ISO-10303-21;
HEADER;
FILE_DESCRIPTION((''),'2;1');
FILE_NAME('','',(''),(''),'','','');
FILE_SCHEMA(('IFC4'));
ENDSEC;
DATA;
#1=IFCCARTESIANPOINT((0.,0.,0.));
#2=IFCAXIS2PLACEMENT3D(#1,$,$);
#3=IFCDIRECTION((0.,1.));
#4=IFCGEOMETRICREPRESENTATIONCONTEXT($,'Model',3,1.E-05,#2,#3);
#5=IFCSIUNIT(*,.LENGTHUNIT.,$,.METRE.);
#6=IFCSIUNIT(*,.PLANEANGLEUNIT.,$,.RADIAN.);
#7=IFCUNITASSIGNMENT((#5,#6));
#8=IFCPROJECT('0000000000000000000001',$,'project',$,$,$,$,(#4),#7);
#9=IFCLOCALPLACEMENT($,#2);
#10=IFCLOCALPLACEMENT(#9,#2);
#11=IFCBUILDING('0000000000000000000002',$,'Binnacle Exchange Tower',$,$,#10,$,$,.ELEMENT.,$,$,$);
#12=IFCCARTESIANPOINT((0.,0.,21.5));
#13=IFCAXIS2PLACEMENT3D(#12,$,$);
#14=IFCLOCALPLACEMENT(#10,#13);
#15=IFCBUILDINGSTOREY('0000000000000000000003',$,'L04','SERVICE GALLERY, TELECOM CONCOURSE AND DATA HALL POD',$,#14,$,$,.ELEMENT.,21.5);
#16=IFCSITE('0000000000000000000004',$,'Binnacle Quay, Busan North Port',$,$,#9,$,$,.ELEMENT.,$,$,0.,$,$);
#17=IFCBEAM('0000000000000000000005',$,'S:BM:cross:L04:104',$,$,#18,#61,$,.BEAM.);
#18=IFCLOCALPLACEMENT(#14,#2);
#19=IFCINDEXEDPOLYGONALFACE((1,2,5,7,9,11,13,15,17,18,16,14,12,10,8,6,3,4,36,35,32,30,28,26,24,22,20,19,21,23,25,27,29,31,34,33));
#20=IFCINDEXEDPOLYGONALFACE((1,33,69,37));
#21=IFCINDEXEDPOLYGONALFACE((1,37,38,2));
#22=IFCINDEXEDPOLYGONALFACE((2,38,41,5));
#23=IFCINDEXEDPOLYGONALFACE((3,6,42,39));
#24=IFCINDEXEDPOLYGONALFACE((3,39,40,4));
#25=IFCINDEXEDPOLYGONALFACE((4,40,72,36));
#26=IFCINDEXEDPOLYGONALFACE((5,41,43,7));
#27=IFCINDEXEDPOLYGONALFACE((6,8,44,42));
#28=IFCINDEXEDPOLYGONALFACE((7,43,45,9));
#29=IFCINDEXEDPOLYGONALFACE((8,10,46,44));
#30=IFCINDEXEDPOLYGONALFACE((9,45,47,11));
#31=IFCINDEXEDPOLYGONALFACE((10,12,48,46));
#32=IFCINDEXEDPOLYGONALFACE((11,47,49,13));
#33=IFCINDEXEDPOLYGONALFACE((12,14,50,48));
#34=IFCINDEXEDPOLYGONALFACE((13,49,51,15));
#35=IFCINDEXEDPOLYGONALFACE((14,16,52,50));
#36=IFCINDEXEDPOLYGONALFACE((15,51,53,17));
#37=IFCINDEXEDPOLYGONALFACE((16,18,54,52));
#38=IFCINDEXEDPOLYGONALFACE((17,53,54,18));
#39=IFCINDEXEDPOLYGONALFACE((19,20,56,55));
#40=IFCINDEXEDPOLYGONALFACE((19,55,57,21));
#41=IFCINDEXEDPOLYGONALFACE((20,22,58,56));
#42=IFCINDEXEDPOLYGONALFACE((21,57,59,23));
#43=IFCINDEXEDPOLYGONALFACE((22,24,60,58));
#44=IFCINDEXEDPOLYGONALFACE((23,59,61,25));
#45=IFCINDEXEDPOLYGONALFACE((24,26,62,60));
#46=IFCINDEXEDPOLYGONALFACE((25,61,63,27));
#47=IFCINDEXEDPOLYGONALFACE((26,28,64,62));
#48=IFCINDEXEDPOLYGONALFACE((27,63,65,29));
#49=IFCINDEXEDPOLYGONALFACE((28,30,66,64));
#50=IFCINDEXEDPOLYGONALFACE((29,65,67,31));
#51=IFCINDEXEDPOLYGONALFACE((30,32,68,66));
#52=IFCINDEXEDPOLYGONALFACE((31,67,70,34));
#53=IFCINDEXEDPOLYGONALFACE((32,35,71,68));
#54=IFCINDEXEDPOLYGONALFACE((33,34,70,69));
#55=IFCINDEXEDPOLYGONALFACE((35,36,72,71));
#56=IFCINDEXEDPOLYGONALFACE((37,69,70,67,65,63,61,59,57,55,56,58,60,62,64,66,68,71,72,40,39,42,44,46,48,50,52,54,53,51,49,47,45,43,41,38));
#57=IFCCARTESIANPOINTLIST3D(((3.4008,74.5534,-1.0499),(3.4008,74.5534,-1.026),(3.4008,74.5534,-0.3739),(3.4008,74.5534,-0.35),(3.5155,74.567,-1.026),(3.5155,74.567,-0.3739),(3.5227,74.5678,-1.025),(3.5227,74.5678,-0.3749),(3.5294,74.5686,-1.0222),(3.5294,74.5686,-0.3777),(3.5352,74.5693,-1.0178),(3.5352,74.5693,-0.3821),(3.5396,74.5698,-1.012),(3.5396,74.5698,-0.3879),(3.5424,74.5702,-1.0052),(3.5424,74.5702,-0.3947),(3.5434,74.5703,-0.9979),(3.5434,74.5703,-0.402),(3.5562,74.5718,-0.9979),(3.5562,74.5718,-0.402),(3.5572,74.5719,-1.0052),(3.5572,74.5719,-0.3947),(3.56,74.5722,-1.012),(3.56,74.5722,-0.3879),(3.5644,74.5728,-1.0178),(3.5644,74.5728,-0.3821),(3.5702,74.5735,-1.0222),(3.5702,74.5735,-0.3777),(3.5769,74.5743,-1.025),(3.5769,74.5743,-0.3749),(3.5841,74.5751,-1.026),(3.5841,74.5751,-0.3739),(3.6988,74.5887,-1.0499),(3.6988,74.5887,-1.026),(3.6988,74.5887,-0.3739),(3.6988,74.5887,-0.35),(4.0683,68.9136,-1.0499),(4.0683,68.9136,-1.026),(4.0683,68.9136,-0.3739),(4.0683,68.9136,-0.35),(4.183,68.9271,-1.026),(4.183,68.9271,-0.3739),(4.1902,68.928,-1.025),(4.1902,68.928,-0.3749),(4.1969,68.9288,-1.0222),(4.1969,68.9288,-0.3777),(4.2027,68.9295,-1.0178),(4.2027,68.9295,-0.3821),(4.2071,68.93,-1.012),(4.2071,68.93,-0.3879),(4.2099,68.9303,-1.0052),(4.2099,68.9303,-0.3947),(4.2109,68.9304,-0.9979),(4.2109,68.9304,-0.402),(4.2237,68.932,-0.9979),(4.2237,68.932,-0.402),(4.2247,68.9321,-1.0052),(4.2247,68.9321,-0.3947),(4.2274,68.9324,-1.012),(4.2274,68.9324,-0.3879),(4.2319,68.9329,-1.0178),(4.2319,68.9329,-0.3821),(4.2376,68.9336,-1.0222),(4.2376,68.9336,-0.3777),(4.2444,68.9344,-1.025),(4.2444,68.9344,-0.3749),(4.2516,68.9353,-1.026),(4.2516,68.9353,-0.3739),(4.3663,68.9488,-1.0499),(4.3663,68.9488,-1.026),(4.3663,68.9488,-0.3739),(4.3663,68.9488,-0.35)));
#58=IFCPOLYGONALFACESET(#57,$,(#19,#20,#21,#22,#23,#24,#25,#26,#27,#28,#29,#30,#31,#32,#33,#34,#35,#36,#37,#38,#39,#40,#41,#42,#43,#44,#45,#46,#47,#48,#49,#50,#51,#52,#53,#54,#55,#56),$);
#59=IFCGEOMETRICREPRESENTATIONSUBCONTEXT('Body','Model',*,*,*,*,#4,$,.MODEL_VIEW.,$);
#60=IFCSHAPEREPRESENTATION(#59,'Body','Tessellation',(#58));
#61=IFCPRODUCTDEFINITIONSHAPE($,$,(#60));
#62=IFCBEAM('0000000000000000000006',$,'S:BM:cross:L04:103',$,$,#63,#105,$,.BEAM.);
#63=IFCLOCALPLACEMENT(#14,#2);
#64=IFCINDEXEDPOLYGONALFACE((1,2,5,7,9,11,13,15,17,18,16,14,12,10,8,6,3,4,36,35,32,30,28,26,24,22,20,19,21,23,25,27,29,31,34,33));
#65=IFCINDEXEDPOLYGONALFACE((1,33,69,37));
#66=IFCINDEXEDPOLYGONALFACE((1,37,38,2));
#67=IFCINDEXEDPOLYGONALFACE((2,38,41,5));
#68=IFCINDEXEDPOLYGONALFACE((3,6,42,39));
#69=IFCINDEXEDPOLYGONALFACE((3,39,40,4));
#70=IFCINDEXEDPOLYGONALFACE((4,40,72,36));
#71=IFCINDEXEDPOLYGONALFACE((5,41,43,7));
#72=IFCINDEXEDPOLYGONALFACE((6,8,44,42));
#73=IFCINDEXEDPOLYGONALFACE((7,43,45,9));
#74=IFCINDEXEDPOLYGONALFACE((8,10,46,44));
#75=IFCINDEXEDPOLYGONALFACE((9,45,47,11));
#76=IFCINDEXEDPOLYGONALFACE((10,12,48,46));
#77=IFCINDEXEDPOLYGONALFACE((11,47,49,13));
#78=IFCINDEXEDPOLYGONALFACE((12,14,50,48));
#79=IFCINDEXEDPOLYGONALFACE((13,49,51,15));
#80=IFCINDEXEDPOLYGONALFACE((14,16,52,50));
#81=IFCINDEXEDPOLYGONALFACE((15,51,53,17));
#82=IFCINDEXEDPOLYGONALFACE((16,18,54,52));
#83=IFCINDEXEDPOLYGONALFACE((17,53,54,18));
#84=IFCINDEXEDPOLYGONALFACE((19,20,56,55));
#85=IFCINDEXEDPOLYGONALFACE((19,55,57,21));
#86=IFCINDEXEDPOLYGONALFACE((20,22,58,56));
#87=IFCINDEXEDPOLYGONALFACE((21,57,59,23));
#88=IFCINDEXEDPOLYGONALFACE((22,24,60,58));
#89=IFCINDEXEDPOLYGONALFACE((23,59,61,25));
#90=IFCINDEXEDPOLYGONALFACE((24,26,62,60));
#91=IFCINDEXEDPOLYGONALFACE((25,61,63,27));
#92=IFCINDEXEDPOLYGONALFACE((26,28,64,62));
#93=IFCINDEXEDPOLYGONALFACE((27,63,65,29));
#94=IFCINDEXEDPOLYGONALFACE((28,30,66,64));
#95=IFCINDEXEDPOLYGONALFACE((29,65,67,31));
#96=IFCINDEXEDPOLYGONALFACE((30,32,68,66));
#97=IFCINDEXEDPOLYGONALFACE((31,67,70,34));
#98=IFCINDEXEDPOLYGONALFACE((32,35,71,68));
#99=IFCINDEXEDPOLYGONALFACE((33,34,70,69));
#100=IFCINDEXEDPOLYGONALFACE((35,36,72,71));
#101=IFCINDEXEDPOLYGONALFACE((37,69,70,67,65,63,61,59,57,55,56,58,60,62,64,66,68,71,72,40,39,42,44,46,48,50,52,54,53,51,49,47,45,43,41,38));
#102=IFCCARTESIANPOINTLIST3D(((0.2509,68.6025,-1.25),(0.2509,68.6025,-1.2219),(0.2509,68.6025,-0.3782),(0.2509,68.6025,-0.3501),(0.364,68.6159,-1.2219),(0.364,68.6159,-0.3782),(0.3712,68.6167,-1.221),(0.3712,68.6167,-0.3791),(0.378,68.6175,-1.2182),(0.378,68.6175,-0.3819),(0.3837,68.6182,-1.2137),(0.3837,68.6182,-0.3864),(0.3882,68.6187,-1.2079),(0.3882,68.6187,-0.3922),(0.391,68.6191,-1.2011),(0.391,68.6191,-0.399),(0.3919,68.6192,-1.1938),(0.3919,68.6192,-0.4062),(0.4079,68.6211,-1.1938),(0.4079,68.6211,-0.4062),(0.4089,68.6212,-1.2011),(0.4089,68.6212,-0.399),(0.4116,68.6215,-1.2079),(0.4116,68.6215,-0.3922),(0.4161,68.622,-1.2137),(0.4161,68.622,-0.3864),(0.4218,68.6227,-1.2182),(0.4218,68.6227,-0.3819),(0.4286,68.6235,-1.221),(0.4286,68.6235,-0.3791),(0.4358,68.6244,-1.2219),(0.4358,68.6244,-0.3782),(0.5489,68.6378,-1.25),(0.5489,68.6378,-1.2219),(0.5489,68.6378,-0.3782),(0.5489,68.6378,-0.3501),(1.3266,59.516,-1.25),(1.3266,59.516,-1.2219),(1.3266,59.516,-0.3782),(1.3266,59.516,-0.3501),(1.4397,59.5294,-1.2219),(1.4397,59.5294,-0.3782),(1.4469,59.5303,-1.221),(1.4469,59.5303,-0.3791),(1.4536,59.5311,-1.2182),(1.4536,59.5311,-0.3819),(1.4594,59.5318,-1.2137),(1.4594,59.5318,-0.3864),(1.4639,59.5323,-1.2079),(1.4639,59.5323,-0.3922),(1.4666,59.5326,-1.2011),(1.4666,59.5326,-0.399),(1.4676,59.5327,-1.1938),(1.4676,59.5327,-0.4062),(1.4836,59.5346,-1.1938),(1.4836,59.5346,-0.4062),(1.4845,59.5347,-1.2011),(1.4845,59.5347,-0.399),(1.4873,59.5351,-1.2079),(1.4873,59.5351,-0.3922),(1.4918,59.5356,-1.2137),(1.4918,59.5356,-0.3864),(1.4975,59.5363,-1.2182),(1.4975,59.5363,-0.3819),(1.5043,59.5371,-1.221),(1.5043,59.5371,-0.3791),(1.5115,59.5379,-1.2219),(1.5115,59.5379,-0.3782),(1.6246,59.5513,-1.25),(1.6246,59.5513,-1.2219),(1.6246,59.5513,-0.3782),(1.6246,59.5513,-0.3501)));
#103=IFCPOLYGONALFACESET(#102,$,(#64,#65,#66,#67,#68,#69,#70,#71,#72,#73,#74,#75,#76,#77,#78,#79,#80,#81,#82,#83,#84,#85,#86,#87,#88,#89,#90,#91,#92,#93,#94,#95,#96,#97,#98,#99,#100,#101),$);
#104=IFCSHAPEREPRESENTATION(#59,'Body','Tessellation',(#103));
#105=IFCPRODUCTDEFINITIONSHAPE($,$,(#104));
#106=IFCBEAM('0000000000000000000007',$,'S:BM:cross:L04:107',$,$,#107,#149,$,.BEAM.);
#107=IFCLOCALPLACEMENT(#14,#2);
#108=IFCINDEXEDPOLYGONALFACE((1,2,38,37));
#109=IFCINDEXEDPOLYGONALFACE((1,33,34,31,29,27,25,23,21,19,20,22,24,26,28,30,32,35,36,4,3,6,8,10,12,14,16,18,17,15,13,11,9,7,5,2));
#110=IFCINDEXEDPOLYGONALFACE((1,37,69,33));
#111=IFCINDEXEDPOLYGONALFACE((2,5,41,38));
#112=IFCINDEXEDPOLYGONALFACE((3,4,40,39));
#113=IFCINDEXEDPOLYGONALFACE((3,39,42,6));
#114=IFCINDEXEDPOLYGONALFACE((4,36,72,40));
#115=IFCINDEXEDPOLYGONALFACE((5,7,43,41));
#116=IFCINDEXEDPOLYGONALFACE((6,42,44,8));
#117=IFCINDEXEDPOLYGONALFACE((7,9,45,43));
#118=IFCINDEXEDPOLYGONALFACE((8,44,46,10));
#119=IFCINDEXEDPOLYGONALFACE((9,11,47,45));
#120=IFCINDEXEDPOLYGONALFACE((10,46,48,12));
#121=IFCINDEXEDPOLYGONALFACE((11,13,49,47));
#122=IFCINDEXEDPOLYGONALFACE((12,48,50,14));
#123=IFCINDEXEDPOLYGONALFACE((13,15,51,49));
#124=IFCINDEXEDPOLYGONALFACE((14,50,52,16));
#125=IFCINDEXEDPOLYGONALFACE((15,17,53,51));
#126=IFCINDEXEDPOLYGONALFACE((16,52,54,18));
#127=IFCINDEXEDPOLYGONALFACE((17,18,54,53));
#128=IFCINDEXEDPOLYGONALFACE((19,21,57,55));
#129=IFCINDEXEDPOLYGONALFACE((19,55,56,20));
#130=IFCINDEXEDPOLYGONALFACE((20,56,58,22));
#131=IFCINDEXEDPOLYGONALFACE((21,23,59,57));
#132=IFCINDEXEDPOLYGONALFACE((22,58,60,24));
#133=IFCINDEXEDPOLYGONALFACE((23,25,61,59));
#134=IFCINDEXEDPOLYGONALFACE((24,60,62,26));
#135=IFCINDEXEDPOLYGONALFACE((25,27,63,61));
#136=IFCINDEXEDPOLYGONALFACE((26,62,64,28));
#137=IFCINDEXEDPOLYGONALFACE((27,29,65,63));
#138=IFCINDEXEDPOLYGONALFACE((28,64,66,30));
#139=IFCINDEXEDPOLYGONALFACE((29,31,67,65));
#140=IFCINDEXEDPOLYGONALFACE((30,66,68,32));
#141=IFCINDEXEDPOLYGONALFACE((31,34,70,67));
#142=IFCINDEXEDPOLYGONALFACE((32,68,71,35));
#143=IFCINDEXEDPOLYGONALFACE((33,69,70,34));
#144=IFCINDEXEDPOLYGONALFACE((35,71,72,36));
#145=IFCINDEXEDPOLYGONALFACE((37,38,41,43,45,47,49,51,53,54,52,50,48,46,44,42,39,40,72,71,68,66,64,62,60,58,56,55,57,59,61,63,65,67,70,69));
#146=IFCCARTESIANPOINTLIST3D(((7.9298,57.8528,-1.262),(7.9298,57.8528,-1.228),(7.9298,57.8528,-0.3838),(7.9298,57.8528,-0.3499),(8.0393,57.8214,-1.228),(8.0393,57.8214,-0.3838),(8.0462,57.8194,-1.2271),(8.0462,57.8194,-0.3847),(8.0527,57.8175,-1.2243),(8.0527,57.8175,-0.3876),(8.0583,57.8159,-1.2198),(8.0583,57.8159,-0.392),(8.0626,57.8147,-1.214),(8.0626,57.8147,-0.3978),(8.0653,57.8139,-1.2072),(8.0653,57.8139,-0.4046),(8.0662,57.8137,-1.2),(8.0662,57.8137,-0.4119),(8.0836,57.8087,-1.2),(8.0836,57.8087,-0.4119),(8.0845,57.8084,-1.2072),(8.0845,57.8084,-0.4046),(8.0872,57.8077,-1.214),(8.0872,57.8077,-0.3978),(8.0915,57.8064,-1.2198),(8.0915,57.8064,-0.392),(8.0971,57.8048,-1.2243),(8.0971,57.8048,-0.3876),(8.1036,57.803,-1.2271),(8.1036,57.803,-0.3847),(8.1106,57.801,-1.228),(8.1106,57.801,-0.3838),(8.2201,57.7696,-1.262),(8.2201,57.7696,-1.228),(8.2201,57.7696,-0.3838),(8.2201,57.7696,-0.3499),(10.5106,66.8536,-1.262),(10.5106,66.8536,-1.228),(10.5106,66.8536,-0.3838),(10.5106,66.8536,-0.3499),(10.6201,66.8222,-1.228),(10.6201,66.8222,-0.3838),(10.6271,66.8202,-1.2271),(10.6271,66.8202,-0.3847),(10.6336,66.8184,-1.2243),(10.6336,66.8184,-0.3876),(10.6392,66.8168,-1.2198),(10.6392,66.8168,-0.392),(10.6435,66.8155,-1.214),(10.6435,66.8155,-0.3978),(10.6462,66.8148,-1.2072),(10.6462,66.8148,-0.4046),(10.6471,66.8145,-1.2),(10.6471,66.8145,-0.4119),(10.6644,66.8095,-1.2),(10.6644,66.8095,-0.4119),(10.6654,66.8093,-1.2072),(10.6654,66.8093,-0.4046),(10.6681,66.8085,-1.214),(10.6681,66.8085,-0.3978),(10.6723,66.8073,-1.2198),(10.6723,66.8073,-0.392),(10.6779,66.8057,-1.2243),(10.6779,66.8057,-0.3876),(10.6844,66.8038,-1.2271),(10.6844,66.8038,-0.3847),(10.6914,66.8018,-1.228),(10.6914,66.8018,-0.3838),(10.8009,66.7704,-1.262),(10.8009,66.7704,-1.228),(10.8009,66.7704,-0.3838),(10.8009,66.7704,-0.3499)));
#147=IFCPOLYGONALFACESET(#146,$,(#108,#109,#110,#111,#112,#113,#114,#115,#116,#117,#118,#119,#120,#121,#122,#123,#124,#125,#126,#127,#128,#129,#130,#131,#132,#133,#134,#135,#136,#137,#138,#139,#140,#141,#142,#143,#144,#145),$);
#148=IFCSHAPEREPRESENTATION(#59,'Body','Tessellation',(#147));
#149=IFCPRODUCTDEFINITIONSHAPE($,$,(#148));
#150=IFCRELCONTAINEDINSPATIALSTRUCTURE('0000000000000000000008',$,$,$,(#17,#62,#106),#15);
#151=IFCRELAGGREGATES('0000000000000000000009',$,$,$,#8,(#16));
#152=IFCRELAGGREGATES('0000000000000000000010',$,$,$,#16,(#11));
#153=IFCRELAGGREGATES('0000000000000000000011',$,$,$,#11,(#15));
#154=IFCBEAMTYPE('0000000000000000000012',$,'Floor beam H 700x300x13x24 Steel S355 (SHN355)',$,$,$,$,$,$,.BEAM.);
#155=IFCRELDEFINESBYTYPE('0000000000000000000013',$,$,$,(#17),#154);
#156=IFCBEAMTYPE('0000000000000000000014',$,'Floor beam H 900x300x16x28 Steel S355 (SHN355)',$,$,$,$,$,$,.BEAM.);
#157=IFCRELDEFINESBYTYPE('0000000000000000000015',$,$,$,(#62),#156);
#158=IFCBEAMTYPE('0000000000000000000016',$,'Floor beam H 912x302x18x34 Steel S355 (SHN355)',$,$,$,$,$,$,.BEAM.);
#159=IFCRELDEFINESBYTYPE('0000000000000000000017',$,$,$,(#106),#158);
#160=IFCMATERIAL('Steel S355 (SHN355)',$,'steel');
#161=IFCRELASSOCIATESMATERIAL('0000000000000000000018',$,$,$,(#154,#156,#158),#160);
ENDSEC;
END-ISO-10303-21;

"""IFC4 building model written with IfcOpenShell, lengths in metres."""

from ifc_helpers import new_model, si_unit, direction, frame, origin, origin_2d, place, context, subcontext, project, spatial, i_section, extrude, material, material_profile, profile_set, type_object, element, save


model = new_model("IFC4")

# Units and contexts
model_context = context("Model", 3, precision=1e-05, world=origin(), true_north=direction((0.0, 1.0)))
body_context = subcontext(model_context, "Body", "Model", "MODEL_VIEW")
ifc_project = project(units=[si_unit("LENGTHUNIT", "METRE"), si_unit("PLANEANGLEUNIT", "RADIAN")], contexts=[model_context])

# Site, building, storey
site_placement = place(None, origin())
site = spatial("IfcSite", under=ifc_project, at=site_placement, Name="Binnacle Quay, Busan North Port", CompositionType="ELEMENT", RefElevation=0.0)
building_placement = place(site_placement, origin())
building = spatial("IfcBuilding", under=site, at=building_placement, Name="Binnacle Exchange Tower", CompositionType="ELEMENT")
storey_placement = place(building_placement, frame((0.0, 0.0, 21.5)))
storey = spatial("IfcBuildingStorey", under=building, at=storey_placement, Name="L04", Description="SERVICE GALLERY, TELECOM CONCOURSE AND DATA HALL POD", CompositionType="ELEMENT", Elevation=21.5)

# Beams
ifc_material_1 = material(Name="Steel S355 (SHN355)", Category="steel")
ifc_material_profile_1 = material_profile(ifc_material_1, i_section(OverallWidth=0.3, OverallDepth=0.7, WebThickness=0.0129, FlangeThickness=0.0239, FilletRadius=0.0281, at=origin_2d()), Name="H 700x300x13x24")
ifc_profile_set_1 = profile_set([ifc_material_profile_1], Name="Steel S355 (SHN355)")
beam_type_1 = type_object("IfcBeamType", Name="Floor beam H 700x300x13x24 Steel S355 (SHN355)", PredefinedType="BEAM", material=ifc_profile_set_1)
beam_1_placement = place(storey_placement, frame((3.5498, 74.571, -0.7), z_axis=(0.11753, -0.993069, 0.0), x_axis=(0.993069, 0.11753, 0.0)))
element("IfcBeam", 1, at=beam_1_placement, inside=storey, type_object=beam_type_1, Name="S:BM:cross:L04:104", PredefinedType="BEAM", context=body_context, shape_type="SweptSolid", body=[
    extrude(i_section(OverallWidth=0.3, OverallDepth=0.7, WebThickness=0.0129, FlangeThickness=0.0239, FilletRadius=0.0281, at=origin_2d()), origin(), (0.0, 0.0, 1.0), 5.6792),
])
ifc_material_profile_2 = material_profile(ifc_material_1, i_section(OverallWidth=0.3, OverallDepth=0.8999, WebThickness=0.0161, FlangeThickness=0.0281, FilletRadius=0.0281, at=origin_2d()), Name="H 900x300x16x28")
ifc_profile_set_2 = profile_set([ifc_material_profile_2], Name="Steel S355 (SHN355)")
beam_type_2 = type_object("IfcBeamType", Name="Floor beam H 900x300x16x28 Steel S355 (SHN355)", PredefinedType="BEAM", material=ifc_profile_set_2)
beam_2_placement = place(storey_placement, frame((0.3999, 68.6201, -0.8), z_axis=(0.117563, -0.993065, 0.0), x_axis=(0.993065, 0.117563, 0.0)))
element("IfcBeam", 2, at=beam_2_placement, inside=storey, type_object=beam_type_2, Name="S:BM:cross:L04:103", PredefinedType="BEAM", context=body_context, shape_type="SweptSolid", body=[
    extrude(i_section(OverallWidth=0.3, OverallDepth=0.8999, WebThickness=0.0161, FlangeThickness=0.0281, FilletRadius=0.0281, at=origin_2d()), origin(), (0.0, 0.0, 1.0), 9.1499),
])
ifc_material_profile_3 = material_profile(ifc_material_1, i_section(OverallWidth=0.302, OverallDepth=0.9121, WebThickness=0.0181, FlangeThickness=0.0339, FilletRadius=0.0281, at=origin_2d()), Name="H 912x302x18x34")
ifc_profile_set_3 = profile_set([ifc_material_profile_3], Name="Steel S355 (SHN355)")
beam_type_3 = type_object("IfcBeamType", Name="Floor beam H 912x302x18x34 Steel S355 (SHN355)", PredefinedType="BEAM", material=ifc_profile_set_3)
beam_3_placement = place(storey_placement, frame((10.6558, 66.812, -0.8059), z_axis=(-0.275627, -0.961265, 0.0), x_axis=(0.961265, -0.275627, 0.0)))
element("IfcBeam", 3, at=beam_3_placement, inside=storey, type_object=beam_type_3, Name="S:BM:cross:L04:107", PredefinedType="BEAM", context=body_context, shape_type="SweptSolid", body=[
    extrude(i_section(OverallWidth=0.302, OverallDepth=0.9121, WebThickness=0.0181, FlangeThickness=0.0339, FilletRadius=0.0281, at=origin_2d()), origin(), (0.0, 0.0, 1.0), 9.3635),
])

save(model, "model.ifc")
